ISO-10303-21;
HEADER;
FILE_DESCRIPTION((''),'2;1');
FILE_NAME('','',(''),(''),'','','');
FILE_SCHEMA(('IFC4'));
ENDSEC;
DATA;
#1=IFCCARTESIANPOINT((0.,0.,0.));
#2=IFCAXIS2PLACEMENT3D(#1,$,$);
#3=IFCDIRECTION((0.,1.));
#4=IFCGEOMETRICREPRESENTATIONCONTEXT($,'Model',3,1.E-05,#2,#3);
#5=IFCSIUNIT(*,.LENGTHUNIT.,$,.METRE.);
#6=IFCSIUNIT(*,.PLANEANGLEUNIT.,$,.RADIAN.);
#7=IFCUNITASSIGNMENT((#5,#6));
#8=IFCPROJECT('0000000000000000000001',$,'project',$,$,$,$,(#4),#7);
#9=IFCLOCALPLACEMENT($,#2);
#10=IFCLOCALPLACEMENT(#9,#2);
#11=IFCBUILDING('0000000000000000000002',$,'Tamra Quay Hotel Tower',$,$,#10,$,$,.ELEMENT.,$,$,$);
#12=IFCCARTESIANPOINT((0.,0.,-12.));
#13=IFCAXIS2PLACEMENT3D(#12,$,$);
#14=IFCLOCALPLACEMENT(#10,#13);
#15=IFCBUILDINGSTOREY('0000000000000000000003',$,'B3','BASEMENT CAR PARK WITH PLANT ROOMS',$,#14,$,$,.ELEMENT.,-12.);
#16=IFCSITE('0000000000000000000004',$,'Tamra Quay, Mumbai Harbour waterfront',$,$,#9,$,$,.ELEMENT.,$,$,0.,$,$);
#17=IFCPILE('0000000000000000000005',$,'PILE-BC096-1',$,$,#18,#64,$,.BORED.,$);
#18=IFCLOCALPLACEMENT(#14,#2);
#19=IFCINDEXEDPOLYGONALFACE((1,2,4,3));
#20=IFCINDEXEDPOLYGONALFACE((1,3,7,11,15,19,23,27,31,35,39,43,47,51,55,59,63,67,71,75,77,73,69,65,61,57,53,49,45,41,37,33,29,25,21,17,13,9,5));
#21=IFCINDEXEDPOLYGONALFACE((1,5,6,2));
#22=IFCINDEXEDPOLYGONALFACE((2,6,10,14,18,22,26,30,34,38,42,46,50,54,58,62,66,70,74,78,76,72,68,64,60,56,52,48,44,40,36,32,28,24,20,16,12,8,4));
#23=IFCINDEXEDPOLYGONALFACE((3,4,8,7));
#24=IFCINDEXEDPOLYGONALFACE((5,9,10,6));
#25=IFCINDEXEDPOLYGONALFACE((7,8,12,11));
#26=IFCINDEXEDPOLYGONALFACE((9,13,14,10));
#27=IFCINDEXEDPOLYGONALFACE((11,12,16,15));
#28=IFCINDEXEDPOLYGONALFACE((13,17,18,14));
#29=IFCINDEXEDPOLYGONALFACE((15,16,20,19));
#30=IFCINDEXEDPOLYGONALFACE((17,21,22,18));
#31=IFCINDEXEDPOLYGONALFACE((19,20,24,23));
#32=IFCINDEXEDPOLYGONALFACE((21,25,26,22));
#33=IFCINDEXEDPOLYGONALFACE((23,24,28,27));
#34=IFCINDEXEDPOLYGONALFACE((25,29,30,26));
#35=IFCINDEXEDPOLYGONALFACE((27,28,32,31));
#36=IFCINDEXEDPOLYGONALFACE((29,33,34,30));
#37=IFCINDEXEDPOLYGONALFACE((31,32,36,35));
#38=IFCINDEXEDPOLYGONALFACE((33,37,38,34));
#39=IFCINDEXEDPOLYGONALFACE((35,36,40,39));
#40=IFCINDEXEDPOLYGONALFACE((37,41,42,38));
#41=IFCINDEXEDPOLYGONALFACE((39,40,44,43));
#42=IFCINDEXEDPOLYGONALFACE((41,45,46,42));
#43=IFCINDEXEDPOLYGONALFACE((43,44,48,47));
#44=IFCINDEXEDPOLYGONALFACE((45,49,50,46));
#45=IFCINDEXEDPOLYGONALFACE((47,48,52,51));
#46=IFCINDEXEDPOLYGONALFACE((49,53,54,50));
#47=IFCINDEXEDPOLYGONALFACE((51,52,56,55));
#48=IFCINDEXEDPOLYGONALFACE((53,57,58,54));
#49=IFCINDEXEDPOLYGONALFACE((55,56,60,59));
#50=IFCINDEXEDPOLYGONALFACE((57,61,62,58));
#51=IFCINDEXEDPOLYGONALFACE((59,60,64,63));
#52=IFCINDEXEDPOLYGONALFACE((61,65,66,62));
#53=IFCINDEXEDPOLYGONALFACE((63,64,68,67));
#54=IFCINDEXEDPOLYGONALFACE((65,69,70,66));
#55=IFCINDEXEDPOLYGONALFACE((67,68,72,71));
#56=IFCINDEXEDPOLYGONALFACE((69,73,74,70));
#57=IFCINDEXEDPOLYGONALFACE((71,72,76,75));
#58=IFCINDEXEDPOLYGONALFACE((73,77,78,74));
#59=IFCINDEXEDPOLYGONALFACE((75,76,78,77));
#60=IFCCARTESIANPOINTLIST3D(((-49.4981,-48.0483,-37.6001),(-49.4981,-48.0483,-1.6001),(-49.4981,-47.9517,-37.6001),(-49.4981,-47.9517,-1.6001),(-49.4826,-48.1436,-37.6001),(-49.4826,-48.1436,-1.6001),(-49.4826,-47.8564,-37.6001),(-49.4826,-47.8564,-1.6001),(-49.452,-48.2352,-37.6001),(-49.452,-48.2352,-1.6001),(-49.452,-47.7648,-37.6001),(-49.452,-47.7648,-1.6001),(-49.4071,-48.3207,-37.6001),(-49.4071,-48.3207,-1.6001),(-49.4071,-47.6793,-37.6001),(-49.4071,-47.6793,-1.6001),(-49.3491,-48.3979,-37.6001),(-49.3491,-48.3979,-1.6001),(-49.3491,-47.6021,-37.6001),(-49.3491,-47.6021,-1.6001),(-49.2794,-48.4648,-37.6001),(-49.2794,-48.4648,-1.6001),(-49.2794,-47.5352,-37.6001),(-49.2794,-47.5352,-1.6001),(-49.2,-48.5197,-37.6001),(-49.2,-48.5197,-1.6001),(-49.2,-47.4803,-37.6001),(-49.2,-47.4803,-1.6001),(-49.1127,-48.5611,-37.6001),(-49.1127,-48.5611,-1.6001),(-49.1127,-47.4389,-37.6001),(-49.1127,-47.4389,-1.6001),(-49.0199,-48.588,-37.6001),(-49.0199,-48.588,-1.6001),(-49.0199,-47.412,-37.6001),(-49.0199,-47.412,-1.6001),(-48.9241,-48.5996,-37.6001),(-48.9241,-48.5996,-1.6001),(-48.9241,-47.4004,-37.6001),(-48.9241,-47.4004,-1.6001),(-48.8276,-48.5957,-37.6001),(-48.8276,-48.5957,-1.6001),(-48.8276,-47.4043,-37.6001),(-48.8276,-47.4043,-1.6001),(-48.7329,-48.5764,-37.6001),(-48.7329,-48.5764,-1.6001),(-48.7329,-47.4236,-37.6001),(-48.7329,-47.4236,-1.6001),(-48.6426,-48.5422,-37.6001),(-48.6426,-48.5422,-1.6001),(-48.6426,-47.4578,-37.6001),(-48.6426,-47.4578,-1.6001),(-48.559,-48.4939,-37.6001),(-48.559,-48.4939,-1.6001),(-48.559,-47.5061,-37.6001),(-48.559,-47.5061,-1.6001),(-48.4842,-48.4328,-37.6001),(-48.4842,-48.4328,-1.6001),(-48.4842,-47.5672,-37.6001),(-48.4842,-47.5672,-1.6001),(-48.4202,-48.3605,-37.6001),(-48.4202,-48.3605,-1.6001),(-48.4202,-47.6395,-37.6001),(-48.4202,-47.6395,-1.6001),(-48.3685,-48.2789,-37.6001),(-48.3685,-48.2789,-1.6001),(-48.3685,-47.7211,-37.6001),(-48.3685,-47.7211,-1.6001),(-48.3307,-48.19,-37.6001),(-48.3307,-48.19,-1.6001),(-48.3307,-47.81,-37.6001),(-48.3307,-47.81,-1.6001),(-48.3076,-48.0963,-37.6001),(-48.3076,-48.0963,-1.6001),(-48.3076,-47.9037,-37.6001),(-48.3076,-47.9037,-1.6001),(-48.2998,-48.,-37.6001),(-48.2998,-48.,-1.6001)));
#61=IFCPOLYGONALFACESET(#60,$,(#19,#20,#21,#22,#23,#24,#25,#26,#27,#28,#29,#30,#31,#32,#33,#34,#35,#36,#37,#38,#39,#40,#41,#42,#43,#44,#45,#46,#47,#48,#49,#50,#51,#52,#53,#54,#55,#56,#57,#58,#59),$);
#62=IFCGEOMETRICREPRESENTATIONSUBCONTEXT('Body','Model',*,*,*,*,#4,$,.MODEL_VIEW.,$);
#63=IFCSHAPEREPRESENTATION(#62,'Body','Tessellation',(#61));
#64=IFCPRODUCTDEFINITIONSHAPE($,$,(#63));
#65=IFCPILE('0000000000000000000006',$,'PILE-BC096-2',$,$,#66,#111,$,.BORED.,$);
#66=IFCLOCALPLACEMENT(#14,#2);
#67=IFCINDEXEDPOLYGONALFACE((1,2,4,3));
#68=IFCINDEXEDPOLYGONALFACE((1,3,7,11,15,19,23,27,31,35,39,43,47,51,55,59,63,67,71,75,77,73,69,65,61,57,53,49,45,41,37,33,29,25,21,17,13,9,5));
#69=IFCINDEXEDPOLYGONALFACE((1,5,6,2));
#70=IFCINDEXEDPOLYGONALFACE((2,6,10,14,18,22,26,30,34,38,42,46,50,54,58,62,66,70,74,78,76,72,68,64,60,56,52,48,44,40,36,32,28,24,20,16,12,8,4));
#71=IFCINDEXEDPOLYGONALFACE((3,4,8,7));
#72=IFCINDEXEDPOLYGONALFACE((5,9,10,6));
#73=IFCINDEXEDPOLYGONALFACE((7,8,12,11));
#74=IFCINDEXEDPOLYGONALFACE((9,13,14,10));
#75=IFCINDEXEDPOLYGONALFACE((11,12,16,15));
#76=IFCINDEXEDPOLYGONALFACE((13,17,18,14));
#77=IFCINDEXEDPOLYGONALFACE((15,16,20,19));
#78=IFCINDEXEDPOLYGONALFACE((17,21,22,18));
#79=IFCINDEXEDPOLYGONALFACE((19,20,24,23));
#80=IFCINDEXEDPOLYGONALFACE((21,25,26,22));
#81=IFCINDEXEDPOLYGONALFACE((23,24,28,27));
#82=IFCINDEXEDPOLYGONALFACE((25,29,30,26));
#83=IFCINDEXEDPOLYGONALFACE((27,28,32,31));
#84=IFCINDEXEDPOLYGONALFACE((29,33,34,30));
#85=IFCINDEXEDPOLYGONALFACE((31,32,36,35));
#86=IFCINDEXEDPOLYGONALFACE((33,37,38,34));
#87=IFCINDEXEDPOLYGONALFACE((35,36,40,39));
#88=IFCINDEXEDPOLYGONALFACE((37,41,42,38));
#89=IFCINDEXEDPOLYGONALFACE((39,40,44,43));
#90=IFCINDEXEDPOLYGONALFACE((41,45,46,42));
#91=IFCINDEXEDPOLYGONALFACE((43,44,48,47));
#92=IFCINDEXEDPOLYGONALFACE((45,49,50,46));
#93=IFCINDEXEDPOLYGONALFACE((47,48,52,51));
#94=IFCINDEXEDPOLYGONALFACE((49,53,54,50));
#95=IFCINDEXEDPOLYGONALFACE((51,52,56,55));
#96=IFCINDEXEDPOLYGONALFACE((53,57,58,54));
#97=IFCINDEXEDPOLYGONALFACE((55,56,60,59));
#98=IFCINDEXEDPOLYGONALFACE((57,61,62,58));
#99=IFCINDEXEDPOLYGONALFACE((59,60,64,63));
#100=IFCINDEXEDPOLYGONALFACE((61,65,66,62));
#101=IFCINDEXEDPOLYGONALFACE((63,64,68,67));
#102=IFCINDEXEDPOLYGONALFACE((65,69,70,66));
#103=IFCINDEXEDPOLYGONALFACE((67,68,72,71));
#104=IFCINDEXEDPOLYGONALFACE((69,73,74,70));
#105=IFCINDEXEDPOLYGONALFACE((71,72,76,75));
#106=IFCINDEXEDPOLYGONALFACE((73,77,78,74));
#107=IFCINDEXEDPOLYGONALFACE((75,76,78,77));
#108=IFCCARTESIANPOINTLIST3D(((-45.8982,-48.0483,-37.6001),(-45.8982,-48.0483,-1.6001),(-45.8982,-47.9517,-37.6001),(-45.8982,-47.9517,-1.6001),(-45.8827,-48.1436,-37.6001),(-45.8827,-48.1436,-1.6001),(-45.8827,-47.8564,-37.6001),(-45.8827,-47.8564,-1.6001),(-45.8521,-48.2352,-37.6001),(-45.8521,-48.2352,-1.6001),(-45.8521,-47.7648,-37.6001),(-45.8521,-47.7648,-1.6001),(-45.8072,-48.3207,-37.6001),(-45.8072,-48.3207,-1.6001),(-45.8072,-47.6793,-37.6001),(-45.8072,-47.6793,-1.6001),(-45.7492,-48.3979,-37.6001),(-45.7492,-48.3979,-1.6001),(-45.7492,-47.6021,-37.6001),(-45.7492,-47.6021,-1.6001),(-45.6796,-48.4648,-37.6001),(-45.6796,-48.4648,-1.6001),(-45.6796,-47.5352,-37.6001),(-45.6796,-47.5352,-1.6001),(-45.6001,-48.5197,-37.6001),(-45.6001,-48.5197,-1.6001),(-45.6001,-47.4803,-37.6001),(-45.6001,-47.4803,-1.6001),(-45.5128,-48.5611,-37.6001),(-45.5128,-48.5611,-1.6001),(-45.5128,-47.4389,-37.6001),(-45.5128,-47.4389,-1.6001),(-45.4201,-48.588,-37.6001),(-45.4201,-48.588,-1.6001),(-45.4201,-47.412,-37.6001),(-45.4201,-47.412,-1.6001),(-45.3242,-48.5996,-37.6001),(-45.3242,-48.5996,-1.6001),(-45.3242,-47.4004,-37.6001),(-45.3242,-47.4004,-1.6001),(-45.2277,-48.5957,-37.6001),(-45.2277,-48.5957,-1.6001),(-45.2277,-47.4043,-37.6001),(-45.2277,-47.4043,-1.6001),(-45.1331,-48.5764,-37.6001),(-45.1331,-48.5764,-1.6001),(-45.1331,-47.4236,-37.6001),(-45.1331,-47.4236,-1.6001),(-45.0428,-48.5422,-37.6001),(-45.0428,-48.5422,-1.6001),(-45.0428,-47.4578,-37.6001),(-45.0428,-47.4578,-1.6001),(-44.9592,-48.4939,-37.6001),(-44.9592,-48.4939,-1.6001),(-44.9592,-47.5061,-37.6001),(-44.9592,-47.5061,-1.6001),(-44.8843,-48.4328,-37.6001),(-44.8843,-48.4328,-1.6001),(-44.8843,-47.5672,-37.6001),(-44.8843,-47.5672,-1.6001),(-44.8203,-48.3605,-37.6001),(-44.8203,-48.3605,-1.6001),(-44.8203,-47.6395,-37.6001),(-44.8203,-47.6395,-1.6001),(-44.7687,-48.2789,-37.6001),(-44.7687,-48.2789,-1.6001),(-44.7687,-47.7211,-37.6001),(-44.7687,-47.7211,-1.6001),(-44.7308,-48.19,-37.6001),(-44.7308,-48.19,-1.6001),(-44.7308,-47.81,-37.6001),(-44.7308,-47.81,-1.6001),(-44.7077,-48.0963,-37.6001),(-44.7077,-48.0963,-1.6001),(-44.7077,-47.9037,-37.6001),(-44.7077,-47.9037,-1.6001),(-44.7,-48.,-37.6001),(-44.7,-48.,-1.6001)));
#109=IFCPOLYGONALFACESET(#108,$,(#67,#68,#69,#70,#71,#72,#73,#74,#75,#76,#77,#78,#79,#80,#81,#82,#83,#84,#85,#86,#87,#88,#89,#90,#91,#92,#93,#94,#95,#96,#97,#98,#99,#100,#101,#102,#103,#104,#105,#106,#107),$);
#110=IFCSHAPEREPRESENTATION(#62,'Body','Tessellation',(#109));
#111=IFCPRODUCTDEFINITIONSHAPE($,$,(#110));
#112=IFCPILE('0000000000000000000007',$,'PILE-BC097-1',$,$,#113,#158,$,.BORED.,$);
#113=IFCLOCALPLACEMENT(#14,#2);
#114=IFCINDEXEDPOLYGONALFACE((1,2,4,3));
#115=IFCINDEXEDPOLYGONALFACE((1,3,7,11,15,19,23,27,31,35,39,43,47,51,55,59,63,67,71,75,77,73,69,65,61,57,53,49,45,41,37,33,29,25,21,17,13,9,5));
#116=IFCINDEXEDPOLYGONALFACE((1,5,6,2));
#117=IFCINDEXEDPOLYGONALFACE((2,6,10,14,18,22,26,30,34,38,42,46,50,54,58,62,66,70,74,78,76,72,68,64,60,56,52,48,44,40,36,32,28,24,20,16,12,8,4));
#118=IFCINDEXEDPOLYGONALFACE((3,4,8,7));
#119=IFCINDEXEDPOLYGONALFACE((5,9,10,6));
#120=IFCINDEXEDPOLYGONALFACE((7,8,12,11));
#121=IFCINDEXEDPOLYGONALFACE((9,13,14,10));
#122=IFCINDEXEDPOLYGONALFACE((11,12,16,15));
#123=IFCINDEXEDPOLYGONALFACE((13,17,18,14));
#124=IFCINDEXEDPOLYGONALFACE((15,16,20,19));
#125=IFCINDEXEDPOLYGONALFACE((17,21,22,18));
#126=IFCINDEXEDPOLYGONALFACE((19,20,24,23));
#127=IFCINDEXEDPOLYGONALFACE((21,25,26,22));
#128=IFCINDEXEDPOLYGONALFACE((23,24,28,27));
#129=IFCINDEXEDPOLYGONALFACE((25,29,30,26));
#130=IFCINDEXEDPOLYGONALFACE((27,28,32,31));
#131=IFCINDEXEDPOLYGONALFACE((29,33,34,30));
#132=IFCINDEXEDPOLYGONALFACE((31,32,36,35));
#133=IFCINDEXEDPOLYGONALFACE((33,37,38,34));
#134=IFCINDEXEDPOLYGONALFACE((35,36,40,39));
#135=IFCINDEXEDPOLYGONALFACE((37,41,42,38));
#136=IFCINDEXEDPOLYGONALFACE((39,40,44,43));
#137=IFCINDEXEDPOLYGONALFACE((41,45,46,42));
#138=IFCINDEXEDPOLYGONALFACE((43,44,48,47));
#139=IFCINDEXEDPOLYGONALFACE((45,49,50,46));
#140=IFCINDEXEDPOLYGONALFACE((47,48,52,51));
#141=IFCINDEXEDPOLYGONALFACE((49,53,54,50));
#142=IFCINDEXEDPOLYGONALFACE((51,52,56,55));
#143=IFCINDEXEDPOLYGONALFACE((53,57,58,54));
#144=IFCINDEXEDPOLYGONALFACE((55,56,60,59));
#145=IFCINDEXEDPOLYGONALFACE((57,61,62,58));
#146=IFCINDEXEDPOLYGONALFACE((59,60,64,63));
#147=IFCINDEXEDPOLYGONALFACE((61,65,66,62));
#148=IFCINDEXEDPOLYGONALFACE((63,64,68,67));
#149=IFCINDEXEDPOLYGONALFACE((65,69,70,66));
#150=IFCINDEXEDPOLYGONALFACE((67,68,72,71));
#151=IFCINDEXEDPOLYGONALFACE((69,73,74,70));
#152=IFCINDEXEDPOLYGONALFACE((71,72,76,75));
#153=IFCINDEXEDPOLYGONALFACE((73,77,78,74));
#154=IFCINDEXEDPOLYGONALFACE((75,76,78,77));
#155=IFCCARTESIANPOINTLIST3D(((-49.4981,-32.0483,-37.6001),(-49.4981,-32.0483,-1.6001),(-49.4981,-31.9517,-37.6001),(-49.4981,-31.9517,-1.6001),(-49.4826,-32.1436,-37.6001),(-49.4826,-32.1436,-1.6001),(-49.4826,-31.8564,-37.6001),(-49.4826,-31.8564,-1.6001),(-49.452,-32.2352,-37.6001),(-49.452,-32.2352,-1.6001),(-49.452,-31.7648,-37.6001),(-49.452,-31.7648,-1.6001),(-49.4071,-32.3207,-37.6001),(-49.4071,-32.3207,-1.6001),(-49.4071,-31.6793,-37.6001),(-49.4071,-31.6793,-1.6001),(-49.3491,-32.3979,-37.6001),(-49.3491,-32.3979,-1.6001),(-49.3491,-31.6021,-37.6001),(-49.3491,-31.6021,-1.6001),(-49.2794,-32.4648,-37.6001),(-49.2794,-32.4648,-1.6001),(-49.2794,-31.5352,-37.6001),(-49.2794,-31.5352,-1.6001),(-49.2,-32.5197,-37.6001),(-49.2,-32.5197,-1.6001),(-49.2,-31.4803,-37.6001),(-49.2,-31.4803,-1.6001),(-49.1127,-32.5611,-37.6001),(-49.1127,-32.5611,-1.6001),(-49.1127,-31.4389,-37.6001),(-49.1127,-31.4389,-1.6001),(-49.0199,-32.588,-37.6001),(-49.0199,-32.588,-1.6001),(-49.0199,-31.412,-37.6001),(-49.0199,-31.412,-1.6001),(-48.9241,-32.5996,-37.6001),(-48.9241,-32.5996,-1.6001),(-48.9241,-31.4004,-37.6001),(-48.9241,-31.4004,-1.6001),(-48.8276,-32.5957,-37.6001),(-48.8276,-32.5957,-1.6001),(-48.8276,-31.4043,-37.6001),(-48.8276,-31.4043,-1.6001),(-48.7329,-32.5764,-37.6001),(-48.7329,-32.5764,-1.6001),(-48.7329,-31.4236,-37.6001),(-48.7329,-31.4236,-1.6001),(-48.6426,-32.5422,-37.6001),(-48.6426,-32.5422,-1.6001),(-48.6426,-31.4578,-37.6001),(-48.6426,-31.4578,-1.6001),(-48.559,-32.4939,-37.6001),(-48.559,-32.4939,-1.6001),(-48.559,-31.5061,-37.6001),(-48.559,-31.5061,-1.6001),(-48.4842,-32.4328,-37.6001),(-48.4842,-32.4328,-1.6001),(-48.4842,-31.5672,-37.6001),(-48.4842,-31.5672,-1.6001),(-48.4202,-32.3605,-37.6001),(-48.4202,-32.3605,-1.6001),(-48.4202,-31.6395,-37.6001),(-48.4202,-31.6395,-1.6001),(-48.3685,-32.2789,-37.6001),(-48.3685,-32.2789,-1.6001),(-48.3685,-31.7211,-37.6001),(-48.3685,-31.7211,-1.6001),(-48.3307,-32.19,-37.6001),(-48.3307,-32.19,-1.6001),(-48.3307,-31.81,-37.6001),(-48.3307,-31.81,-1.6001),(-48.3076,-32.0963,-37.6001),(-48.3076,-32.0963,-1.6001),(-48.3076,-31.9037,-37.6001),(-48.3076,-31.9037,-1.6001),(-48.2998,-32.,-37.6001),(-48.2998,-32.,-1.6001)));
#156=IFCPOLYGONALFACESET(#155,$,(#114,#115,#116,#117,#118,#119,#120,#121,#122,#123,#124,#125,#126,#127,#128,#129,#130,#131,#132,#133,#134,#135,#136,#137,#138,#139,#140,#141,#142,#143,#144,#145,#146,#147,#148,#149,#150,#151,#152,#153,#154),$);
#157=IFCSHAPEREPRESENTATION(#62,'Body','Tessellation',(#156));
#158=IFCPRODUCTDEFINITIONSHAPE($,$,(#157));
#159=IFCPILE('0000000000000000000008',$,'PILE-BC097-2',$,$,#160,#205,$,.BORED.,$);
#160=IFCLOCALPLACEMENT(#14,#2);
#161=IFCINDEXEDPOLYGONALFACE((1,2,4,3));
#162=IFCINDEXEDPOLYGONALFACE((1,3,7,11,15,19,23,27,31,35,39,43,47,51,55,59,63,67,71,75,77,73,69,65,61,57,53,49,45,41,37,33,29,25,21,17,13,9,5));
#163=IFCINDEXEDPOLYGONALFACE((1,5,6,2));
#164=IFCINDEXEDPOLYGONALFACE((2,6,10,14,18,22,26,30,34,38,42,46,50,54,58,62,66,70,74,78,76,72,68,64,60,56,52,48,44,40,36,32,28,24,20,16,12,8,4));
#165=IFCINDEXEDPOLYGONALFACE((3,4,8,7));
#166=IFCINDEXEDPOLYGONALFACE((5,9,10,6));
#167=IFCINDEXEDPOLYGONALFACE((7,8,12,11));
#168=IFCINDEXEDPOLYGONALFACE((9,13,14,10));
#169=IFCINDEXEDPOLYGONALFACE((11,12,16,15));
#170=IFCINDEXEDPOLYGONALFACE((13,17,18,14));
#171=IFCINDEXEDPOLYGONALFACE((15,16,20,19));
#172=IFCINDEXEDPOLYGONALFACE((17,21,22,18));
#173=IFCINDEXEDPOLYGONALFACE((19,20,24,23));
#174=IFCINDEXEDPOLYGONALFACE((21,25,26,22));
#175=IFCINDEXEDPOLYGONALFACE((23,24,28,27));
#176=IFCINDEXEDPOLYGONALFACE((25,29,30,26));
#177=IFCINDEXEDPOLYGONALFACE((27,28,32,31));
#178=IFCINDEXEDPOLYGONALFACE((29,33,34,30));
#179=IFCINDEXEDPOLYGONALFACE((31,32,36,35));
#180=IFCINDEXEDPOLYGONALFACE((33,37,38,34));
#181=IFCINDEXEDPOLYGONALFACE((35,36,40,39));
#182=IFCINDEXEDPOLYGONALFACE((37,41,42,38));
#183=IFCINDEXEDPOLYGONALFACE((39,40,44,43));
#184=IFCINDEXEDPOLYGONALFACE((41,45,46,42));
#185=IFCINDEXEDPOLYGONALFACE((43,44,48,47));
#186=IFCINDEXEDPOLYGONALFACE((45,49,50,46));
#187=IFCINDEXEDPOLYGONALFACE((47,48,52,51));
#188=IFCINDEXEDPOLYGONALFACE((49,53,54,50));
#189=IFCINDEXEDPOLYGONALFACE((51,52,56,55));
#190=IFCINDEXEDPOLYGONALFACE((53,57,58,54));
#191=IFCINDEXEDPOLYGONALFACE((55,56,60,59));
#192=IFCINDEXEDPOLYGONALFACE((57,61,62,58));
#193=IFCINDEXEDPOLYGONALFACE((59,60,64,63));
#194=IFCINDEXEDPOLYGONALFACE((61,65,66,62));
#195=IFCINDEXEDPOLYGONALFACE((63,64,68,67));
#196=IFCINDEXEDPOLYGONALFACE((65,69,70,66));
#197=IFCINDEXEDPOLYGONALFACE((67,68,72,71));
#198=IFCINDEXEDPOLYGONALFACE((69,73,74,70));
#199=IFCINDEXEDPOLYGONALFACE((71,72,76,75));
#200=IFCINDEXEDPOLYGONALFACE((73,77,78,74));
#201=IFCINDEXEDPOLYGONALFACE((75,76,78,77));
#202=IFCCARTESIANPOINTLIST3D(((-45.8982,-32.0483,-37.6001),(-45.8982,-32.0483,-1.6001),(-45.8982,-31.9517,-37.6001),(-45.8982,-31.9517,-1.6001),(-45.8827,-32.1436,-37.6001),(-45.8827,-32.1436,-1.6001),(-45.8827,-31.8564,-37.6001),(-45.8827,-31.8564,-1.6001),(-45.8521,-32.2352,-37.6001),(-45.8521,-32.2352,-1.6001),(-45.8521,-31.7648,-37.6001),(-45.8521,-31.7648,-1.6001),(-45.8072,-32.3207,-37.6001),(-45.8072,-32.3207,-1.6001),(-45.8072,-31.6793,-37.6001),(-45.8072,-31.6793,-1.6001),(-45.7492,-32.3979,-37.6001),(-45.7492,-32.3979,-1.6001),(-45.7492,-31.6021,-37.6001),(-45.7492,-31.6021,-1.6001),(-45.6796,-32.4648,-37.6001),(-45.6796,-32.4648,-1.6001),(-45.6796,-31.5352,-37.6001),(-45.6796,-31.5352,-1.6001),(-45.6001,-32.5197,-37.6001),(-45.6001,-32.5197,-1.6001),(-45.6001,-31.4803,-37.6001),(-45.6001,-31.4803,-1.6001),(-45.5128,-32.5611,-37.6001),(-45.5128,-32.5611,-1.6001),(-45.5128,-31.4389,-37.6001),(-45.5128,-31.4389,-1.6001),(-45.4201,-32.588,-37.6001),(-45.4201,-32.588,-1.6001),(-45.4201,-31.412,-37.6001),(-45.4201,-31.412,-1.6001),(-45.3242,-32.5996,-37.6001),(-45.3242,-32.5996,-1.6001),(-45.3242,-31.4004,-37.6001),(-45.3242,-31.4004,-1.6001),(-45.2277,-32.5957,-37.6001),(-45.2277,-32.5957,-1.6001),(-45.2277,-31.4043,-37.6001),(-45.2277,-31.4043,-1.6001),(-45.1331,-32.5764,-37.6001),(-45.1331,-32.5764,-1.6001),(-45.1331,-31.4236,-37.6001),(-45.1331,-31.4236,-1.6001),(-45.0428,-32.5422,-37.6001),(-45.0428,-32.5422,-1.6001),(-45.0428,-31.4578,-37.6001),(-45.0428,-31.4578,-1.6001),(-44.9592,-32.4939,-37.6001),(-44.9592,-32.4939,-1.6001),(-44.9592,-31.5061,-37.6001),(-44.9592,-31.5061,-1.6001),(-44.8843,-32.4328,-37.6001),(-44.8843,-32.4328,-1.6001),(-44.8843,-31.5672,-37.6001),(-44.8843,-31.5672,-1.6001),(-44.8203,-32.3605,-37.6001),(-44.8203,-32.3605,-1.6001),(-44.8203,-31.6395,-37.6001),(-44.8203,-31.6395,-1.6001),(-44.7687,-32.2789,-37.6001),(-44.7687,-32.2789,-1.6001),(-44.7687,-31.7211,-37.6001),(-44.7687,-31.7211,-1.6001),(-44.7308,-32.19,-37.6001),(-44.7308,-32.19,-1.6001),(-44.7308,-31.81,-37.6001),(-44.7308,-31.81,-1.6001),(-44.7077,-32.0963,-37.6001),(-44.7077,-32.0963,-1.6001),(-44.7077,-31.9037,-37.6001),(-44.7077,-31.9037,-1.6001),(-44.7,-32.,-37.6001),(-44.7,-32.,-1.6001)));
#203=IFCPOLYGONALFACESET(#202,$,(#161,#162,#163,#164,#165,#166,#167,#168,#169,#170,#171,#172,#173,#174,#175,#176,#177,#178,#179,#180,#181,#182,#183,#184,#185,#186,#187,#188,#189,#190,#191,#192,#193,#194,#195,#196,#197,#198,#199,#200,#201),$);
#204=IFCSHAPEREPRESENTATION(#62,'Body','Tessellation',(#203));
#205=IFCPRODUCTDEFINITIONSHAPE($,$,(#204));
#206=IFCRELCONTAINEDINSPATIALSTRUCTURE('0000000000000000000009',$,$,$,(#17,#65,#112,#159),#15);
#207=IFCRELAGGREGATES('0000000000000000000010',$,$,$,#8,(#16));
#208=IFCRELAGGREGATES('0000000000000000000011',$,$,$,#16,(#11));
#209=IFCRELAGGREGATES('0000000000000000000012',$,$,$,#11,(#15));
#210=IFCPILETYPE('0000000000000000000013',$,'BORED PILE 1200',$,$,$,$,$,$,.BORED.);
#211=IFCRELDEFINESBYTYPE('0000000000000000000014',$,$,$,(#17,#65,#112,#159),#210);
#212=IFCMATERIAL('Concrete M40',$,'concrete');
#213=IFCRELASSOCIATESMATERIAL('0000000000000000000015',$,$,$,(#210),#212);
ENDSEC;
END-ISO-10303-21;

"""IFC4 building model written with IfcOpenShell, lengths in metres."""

from ifc_helpers import new_model, si_unit, direction, frame, origin, origin_2d, place, context, subcontext, project, spatial, circle, extrude, material, material_profile, profile_set, type_object, element, save


model = new_model("IFC4")

# Units and contexts
model_context = context("Model", 3, precision=1e-05, world=origin(), true_north=direction((0.0, 1.0)))
body_context = subcontext(model_context, "Body", "Model", "MODEL_VIEW")
ifc_project = project(units=[si_unit("LENGTHUNIT", "METRE"), si_unit("PLANEANGLEUNIT", "RADIAN")], contexts=[model_context])

# Site, building, storey
site_placement = place(None, origin())
site = spatial("IfcSite", under=ifc_project, at=site_placement, Name="Tamra Quay, Mumbai Harbour waterfront", CompositionType="ELEMENT", RefElevation=0.0)
building_placement = place(site_placement, origin())
building = spatial("IfcBuilding", under=site, at=building_placement, Name="Tamra Quay Hotel Tower", CompositionType="ELEMENT")
storey_placement = place(building_placement, frame((0.0, 0.0, -12.0)))
storey = spatial("IfcBuildingStorey", under=building, at=storey_placement, Name="B3", Description="BASEMENT CAR PARK WITH PLANT ROOMS", CompositionType="ELEMENT", Elevation=-12.0)

# Piles
ifc_material_1 = material(Name="Concrete M40", Category="concrete")
ifc_material_profile_1 = material_profile(ifc_material_1, circle(Radius=0.6001, at=origin_2d()), Name="BORED PILE 1200")
ifc_profile_set_1 = profile_set([ifc_material_profile_1], Name="Concrete M40")
pile_type = type_object("IfcPileType", Name="BORED PILE 1200", PredefinedType="BORED", material=ifc_profile_set_1)
for number, where, z_axis, x_axis, name in (
    (1, (-48.8999, -48.0, -1.6001), (0.0, 0.0, -1.0), (1.0, 0.0, 0.0), "PILE-BC096-1"),
    (2, (-45.3, -48.0, -1.6001), (0.0, 0.0, -1.0), (1.0, 0.0, 0.0), "PILE-BC096-2"),
    (3, (-48.8999, -32.0, -1.6001), (0.0, 0.0, -1.0), (1.0, 0.0, 0.0), "PILE-BC097-1"),
    (4, (-45.3, -32.0, -1.6001), (0.0, 0.0, -1.0), (1.0, 0.0, 0.0), "PILE-BC097-2"),
):
    element("IfcPile", number, at=place(storey_placement, frame(where, z_axis=z_axis, x_axis=x_axis)), inside=storey, type_object=pile_type, Name=name, PredefinedType="BORED", context=body_context, shape_type="SweptSolid", body=[
        extrude(circle(Radius=0.6001, at=origin_2d()), origin(), (0.0, 0.0, 1.0), 36.0),
    ])

save(model, "model.ifc")
